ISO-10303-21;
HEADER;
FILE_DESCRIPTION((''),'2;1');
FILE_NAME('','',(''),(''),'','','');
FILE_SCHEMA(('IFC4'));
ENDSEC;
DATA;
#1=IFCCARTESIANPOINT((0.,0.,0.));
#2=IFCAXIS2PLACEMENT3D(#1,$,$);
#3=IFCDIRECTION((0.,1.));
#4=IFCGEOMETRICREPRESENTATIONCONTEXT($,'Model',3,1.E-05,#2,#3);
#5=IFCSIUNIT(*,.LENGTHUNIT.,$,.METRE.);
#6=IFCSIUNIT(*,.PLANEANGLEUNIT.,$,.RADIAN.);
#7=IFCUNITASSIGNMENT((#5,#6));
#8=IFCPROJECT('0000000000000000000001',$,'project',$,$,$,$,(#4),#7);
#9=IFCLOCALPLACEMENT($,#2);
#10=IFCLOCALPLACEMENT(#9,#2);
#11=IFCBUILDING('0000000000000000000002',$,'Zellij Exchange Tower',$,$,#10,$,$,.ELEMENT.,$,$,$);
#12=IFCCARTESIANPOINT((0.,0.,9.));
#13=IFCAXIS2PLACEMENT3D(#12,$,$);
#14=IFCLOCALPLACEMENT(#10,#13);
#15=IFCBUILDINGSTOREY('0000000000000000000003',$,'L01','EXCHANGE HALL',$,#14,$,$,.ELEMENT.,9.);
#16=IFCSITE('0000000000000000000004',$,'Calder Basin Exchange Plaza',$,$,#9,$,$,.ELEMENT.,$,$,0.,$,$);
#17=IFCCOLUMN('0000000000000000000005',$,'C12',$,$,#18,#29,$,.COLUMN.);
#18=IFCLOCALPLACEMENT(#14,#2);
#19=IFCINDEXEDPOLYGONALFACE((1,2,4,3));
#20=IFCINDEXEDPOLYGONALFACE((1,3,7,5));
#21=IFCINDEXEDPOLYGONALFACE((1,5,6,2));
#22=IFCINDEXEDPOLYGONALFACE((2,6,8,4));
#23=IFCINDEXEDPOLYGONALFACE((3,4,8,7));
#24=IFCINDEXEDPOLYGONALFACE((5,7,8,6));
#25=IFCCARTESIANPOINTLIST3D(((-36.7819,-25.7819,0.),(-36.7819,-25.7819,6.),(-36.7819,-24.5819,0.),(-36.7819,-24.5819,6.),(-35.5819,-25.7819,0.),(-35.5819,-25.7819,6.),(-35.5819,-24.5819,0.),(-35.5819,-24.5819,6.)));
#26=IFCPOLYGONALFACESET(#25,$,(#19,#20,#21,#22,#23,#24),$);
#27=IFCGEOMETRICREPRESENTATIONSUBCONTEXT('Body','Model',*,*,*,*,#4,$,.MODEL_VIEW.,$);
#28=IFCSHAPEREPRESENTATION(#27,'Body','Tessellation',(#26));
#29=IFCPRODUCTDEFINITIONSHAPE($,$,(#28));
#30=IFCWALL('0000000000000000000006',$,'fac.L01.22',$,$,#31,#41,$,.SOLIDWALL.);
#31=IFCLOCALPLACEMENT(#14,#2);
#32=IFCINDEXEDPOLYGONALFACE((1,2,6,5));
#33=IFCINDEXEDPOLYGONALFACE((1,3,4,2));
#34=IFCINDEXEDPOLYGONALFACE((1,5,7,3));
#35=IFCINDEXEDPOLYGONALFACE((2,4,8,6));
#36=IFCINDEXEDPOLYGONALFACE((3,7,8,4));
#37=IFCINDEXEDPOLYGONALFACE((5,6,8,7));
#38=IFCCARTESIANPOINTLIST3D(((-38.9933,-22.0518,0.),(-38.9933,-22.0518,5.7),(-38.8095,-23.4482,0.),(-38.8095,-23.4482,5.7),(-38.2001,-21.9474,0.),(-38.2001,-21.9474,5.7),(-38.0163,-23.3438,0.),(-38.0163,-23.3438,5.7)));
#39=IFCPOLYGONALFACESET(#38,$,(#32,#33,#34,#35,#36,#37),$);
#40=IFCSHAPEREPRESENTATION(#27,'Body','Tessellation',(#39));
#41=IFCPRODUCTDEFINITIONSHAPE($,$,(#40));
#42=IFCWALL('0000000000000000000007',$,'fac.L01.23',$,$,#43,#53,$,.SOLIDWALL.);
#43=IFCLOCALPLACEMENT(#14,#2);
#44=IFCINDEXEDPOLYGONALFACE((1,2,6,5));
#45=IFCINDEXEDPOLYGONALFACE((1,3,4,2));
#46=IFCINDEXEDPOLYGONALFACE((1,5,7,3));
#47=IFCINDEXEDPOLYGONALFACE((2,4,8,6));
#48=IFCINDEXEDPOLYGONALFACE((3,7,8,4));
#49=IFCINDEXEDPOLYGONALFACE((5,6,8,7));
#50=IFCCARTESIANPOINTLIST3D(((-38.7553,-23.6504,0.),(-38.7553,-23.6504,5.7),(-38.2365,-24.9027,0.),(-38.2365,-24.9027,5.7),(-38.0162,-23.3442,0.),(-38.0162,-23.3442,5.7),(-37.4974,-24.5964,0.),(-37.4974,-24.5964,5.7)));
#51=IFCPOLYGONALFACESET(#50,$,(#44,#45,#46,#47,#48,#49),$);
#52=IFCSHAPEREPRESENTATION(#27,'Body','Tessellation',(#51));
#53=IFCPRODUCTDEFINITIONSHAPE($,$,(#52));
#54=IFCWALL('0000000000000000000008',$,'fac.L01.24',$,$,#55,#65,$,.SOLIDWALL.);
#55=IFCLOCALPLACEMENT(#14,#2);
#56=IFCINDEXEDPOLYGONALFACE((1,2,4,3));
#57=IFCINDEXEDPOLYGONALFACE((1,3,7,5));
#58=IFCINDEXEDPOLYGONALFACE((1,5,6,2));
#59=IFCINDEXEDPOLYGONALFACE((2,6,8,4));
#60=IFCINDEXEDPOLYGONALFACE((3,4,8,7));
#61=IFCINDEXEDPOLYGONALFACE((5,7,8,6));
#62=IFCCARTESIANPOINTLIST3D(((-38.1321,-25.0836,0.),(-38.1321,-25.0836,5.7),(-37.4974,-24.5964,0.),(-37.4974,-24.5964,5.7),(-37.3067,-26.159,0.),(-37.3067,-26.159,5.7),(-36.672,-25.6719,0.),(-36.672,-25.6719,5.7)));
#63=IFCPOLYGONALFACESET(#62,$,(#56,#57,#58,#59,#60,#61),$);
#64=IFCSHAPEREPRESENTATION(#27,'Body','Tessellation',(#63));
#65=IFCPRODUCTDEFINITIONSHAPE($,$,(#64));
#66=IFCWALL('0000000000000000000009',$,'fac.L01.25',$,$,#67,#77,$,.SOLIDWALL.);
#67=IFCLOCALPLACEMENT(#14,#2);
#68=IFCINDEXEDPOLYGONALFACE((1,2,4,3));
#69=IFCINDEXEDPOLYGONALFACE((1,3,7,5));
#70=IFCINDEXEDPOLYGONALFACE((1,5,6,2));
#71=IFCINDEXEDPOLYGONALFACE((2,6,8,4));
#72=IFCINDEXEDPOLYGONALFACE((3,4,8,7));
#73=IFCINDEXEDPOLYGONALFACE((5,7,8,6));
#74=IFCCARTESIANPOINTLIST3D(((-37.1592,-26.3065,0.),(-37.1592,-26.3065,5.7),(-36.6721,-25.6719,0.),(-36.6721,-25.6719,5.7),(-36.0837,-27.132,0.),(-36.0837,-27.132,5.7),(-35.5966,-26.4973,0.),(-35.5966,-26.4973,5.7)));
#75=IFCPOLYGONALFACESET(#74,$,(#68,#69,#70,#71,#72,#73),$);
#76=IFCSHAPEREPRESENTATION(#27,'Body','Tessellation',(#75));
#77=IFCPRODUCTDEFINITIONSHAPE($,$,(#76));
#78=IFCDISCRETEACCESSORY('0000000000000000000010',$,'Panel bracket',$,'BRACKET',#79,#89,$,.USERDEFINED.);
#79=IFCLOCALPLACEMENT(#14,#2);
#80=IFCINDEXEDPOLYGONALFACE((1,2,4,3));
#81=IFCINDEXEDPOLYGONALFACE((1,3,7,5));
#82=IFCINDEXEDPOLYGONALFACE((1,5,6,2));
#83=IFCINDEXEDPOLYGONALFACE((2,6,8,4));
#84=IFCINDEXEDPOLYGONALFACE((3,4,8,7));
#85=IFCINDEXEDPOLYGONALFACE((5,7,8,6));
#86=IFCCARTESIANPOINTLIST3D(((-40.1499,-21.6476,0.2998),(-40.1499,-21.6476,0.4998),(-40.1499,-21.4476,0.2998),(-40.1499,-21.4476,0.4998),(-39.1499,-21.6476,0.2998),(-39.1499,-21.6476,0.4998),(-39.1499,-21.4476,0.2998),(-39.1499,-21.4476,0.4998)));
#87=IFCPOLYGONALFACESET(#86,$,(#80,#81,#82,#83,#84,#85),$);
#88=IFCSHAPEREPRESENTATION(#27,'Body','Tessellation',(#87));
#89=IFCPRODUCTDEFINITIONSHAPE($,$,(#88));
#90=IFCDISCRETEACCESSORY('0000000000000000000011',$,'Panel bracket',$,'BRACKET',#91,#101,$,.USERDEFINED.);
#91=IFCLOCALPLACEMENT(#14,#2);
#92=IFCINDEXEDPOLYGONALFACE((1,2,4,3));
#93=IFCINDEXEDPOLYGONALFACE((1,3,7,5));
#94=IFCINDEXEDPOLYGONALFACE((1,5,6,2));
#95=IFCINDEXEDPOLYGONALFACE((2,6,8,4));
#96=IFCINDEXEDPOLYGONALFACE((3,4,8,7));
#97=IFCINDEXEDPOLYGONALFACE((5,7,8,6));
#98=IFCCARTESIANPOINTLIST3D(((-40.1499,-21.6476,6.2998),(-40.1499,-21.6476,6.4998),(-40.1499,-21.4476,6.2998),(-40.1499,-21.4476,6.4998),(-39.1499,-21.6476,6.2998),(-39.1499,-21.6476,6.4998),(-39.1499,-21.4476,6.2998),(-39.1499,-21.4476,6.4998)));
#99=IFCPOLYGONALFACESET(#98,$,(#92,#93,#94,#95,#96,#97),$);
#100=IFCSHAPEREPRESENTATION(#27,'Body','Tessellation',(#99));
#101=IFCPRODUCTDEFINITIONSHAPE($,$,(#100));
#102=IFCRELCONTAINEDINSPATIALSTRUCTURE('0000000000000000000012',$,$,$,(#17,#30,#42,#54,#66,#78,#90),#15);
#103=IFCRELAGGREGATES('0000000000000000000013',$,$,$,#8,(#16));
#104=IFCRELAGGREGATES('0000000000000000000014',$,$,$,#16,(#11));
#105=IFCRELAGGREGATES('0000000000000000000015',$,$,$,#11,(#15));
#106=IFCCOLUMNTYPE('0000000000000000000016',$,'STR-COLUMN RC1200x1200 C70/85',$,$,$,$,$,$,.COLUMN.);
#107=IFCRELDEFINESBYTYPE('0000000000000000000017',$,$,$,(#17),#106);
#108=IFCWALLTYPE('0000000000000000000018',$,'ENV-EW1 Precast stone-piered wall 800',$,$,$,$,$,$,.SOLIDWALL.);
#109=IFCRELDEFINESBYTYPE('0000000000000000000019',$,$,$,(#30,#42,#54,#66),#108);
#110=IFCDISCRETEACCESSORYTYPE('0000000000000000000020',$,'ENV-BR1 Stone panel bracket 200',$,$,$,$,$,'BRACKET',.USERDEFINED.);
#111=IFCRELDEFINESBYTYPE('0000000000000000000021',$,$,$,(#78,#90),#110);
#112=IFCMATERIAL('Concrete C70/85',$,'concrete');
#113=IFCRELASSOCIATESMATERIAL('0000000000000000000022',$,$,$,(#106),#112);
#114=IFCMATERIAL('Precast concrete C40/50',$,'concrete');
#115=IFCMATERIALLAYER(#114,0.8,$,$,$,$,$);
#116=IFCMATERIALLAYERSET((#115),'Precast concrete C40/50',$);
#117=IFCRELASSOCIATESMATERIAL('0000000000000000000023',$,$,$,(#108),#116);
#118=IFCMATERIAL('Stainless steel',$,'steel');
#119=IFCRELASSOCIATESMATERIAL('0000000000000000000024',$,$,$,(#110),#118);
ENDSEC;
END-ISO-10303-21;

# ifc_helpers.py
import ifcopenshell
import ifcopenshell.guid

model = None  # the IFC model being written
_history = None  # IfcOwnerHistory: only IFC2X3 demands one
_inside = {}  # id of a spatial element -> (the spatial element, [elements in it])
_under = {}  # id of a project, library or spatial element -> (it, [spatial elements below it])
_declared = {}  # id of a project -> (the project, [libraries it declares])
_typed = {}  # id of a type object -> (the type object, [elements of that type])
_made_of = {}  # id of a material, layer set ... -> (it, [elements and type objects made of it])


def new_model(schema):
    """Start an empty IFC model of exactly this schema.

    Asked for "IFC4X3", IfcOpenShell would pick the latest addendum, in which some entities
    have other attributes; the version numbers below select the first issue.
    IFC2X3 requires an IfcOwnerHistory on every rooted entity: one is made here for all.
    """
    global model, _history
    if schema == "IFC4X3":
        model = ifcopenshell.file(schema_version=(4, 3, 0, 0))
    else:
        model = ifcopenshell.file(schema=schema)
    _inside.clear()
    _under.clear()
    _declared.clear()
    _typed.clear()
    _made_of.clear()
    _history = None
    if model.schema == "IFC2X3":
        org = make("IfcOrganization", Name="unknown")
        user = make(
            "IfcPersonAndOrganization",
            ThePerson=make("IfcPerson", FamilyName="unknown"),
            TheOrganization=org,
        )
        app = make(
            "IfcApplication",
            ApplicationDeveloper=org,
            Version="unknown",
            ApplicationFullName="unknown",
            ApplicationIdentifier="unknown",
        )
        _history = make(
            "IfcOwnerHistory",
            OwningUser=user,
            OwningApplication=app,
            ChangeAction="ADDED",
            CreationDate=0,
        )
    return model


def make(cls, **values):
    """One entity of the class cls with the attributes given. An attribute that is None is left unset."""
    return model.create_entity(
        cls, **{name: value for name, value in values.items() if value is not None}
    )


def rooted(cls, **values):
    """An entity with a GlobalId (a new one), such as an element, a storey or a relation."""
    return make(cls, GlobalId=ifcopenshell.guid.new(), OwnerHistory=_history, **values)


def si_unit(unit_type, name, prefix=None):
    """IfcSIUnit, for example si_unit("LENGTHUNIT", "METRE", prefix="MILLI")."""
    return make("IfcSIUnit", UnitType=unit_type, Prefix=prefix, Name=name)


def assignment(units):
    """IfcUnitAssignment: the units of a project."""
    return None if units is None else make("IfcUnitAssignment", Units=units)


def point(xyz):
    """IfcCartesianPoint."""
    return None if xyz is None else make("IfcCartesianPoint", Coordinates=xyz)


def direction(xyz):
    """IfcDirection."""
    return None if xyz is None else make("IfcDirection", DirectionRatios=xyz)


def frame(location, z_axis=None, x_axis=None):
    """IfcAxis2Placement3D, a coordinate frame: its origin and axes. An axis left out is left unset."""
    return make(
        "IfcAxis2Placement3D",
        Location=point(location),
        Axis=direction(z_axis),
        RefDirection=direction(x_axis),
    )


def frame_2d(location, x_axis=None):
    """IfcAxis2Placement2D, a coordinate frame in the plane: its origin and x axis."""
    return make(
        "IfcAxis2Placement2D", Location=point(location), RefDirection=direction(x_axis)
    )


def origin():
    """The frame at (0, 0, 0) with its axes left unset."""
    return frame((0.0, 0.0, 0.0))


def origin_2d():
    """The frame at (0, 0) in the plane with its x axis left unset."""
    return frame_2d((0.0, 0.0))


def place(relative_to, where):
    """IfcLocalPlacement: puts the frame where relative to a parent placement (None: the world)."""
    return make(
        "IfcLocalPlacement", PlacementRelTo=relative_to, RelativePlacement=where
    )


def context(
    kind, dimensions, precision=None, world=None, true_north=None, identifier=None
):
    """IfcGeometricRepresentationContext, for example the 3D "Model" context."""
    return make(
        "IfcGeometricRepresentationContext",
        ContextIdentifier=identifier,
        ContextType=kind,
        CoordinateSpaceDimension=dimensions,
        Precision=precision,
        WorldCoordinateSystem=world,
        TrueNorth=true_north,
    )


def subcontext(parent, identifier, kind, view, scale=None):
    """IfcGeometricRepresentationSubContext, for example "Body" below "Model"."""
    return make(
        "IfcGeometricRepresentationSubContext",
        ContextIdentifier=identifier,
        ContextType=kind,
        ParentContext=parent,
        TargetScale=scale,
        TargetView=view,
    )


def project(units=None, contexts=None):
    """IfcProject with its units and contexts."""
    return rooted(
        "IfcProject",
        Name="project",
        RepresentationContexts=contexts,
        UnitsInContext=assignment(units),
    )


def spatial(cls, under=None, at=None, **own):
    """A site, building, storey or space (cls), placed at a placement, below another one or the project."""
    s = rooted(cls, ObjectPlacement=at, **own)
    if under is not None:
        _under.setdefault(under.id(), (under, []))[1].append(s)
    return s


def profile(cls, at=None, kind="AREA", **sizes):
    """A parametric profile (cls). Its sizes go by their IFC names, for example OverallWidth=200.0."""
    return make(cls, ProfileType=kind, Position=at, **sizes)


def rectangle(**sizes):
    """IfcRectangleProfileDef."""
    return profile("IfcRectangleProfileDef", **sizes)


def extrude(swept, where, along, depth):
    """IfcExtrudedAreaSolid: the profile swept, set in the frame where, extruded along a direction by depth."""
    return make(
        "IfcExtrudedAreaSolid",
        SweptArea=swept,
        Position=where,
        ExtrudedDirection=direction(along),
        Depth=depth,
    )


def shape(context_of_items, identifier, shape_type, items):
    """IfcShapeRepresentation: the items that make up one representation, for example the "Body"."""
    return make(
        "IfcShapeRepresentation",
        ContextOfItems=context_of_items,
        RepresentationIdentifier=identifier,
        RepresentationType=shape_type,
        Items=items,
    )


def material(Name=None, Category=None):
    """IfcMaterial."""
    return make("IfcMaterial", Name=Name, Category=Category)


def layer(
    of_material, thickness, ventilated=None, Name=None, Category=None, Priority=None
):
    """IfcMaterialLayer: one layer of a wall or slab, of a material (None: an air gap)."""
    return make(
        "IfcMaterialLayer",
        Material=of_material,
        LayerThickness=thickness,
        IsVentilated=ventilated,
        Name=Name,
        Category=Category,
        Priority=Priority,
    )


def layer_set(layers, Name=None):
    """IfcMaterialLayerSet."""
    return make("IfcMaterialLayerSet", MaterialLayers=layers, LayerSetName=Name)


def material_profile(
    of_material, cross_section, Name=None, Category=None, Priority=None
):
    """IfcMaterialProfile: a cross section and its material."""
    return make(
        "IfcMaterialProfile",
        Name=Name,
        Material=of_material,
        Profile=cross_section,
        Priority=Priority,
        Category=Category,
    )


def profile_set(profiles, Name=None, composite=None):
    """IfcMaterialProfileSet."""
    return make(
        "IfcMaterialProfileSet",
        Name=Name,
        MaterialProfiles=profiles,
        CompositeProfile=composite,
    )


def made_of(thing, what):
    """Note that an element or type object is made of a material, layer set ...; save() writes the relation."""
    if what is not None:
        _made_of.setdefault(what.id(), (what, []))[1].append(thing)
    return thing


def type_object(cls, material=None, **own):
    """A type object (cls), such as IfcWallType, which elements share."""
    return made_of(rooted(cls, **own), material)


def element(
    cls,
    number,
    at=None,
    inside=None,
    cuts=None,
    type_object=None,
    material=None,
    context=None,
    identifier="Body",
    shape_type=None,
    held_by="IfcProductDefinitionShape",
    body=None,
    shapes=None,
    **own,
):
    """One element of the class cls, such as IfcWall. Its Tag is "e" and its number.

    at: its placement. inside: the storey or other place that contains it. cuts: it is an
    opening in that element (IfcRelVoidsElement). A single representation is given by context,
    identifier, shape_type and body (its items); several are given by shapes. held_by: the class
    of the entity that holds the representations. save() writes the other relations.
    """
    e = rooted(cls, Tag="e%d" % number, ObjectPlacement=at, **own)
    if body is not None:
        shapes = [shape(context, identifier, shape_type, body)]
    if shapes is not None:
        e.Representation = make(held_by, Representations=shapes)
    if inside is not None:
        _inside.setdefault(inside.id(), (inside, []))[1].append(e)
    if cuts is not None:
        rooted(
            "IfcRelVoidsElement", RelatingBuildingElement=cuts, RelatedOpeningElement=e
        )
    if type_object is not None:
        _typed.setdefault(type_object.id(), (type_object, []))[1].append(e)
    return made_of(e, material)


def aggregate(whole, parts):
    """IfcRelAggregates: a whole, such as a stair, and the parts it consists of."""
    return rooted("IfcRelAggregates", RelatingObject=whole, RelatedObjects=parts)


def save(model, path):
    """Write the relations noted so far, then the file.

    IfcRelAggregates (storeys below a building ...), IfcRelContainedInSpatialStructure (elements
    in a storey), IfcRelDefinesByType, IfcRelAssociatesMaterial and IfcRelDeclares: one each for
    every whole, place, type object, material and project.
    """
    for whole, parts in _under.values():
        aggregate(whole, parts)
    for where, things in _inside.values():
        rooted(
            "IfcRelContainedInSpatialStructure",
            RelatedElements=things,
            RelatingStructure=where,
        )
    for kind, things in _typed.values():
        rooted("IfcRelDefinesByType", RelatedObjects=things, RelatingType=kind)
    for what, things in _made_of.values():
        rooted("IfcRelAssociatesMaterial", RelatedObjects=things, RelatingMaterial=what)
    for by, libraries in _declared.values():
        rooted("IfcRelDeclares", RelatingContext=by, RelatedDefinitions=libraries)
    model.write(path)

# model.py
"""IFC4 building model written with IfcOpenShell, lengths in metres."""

from ifc_helpers import new_model, si_unit, direction, frame, frame_2d, origin, origin_2d, place, context, subcontext, project, spatial, rectangle, extrude, material, layer, layer_set, material_profile, profile_set, type_object, element, save


model = new_model("IFC4")

# Units and contexts
model_context = context("Model", 3, precision=1e-05, world=origin(), true_north=direction((0.0, 1.0)))
body_context = subcontext(model_context, "Body", "Model", "MODEL_VIEW")
ifc_project = project(units=[si_unit("LENGTHUNIT", "METRE"), si_unit("PLANEANGLEUNIT", "RADIAN")], contexts=[model_context])

# Site, building, storey
site_placement = place(None, origin())
site = spatial("IfcSite", under=ifc_project, at=site_placement, Name="Calder Basin Exchange Plaza", CompositionType="ELEMENT", RefElevation=0.0)
building_placement = place(site_placement, origin())
building = spatial("IfcBuilding", under=site, at=building_placement, Name="Zellij Exchange Tower", CompositionType="ELEMENT")
storey_placement = place(building_placement, frame((0.0, 0.0, 9.0)))
storey = spatial("IfcBuildingStorey", under=building, at=storey_placement, Name="L01", Description="EXCHANGE HALL", CompositionType="ELEMENT", Elevation=9.0)

# Column
ifc_material_1 = material(Name="Concrete C70/85", Category="concrete")
ifc_material_profile = material_profile(ifc_material_1, rectangle(XDim=1.2, YDim=1.2, at=origin_2d()), Name="STR-COLUMN RC1200x1200 C70/85")
ifc_profile_set = profile_set([ifc_material_profile], Name="Concrete C70/85")
column_type = type_object("IfcColumnType", Name="STR-COLUMN RC1200x1200 C70/85", PredefinedType="COLUMN", material=ifc_profile_set)
column_placement = place(storey_placement, frame((-36.1819, -25.1819, 0.0), z_axis=(0.0, 0.0, 1.0), x_axis=(1.0, 0.0, 0.0)))
element("IfcColumn", 1, at=column_placement, inside=storey, type_object=column_type, Name="C12", PredefinedType="COLUMN", context=body_context, shape_type="SweptSolid", body=[
    extrude(rectangle(XDim=1.2, YDim=1.2, at=origin_2d()), origin(), (0.0, 0.0, 1.0), 6.0),
])

# Walls
ifc_material_2 = material(Name="Precast concrete C40/50", Category="concrete")
ifc_layer = layer(ifc_material_2, 0.8)
ifc_layer_set = layer_set([ifc_layer], Name="Precast concrete C40/50")
wall_type = type_object("IfcWallType", Name="ENV-EW1 Precast stone-piered wall 800", PredefinedType="SOLIDWALL", material=ifc_layer_set)
wall_1_placement = place(storey_placement, frame((-38.5967, -21.9998, 0.0), z_axis=(0.0, 0.0, 1.0), x_axis=(0.130517, -0.991446, 0.0)))
element("IfcWall", 2, at=wall_1_placement, inside=storey, type_object=wall_type, Name="fac.L01.22", PredefinedType="SOLIDWALL", context=body_context, shape_type="SweptSolid", body=[
    extrude(rectangle(XDim=1.4084, YDim=0.8, at=frame_2d((0.7041, 0.0))), origin(), (0.0, 0.0, 1.0), 5.7),
])
wall_2_placement = place(storey_placement, frame((-38.3857, -23.4973, 0.0), z_axis=(0.0, 0.0, 1.0), x_axis=(0.38276, -0.923848, 0.0)))
element("IfcWall", 3, at=wall_2_placement, inside=storey, type_object=wall_type, Name="fac.L01.23", PredefinedType="SOLIDWALL", context=body_context, shape_type="SweptSolid", body=[
    extrude(rectangle(XDim=1.3555, YDim=0.8, at=frame_2d((0.6777, 0.0))), origin(), (0.0, 0.0, 1.0), 5.7),
])
for number, where, z_axis, x_axis, name in (
    (4, (-37.8147, -24.8401, 0.0), (0.0, 0.0, 1.0), (0.608866, -0.793273, 0.0), "fac.L01.24"),
    (5, (-36.9155, -25.9893, 0.0), (0.0, 0.0, 1.0), (0.793273, -0.608866, 0.0), "fac.L01.25"),
):
    element("IfcWall", number, at=place(storey_placement, frame(where, z_axis=z_axis, x_axis=x_axis)), inside=storey, type_object=wall_type, Name=name, PredefinedType="SOLIDWALL", context=body_context, shape_type="SweptSolid", body=[
        extrude(rectangle(XDim=1.3557, YDim=0.8, at=frame_2d((0.6777, 0.0))), origin(), (0.0, 0.0, 1.0), 5.7),
    ])

# Discrete accessories
ifc_material_3 = material(Name="Stainless steel", Category="steel")
discrete_accessory_type = type_object("IfcDiscreteAccessoryType", Name="ENV-BR1 Stone panel bracket 200", ElementType="BRACKET", PredefinedType="USERDEFINED", material=ifc_material_3)
for number, where, z_axis, x_axis, name in (
    (6, (-39.6499, -21.5476, 0.2998), (0.0, 0.0, 1.0), (0.0, -1.0, 0.0), "Panel bracket"),
    (7, (-39.6499, -21.5476, 6.2998), (0.0, 0.0, 1.0), (0.0, -1.0, 0.0), "Panel bracket"),
):
    element("IfcDiscreteAccessory", number, at=place(storey_placement, frame(where, z_axis=z_axis, x_axis=x_axis)), inside=storey, type_object=discrete_accessory_type, Name=name, ObjectType="BRACKET", PredefinedType="USERDEFINED", context=body_context, shape_type="SweptSolid", body=[
        extrude(rectangle(XDim=0.2, YDim=1.0, at=origin_2d()), origin(), (0.0, 0.0, 1.0), 0.2),
    ])

save(model, "model.ifc")
